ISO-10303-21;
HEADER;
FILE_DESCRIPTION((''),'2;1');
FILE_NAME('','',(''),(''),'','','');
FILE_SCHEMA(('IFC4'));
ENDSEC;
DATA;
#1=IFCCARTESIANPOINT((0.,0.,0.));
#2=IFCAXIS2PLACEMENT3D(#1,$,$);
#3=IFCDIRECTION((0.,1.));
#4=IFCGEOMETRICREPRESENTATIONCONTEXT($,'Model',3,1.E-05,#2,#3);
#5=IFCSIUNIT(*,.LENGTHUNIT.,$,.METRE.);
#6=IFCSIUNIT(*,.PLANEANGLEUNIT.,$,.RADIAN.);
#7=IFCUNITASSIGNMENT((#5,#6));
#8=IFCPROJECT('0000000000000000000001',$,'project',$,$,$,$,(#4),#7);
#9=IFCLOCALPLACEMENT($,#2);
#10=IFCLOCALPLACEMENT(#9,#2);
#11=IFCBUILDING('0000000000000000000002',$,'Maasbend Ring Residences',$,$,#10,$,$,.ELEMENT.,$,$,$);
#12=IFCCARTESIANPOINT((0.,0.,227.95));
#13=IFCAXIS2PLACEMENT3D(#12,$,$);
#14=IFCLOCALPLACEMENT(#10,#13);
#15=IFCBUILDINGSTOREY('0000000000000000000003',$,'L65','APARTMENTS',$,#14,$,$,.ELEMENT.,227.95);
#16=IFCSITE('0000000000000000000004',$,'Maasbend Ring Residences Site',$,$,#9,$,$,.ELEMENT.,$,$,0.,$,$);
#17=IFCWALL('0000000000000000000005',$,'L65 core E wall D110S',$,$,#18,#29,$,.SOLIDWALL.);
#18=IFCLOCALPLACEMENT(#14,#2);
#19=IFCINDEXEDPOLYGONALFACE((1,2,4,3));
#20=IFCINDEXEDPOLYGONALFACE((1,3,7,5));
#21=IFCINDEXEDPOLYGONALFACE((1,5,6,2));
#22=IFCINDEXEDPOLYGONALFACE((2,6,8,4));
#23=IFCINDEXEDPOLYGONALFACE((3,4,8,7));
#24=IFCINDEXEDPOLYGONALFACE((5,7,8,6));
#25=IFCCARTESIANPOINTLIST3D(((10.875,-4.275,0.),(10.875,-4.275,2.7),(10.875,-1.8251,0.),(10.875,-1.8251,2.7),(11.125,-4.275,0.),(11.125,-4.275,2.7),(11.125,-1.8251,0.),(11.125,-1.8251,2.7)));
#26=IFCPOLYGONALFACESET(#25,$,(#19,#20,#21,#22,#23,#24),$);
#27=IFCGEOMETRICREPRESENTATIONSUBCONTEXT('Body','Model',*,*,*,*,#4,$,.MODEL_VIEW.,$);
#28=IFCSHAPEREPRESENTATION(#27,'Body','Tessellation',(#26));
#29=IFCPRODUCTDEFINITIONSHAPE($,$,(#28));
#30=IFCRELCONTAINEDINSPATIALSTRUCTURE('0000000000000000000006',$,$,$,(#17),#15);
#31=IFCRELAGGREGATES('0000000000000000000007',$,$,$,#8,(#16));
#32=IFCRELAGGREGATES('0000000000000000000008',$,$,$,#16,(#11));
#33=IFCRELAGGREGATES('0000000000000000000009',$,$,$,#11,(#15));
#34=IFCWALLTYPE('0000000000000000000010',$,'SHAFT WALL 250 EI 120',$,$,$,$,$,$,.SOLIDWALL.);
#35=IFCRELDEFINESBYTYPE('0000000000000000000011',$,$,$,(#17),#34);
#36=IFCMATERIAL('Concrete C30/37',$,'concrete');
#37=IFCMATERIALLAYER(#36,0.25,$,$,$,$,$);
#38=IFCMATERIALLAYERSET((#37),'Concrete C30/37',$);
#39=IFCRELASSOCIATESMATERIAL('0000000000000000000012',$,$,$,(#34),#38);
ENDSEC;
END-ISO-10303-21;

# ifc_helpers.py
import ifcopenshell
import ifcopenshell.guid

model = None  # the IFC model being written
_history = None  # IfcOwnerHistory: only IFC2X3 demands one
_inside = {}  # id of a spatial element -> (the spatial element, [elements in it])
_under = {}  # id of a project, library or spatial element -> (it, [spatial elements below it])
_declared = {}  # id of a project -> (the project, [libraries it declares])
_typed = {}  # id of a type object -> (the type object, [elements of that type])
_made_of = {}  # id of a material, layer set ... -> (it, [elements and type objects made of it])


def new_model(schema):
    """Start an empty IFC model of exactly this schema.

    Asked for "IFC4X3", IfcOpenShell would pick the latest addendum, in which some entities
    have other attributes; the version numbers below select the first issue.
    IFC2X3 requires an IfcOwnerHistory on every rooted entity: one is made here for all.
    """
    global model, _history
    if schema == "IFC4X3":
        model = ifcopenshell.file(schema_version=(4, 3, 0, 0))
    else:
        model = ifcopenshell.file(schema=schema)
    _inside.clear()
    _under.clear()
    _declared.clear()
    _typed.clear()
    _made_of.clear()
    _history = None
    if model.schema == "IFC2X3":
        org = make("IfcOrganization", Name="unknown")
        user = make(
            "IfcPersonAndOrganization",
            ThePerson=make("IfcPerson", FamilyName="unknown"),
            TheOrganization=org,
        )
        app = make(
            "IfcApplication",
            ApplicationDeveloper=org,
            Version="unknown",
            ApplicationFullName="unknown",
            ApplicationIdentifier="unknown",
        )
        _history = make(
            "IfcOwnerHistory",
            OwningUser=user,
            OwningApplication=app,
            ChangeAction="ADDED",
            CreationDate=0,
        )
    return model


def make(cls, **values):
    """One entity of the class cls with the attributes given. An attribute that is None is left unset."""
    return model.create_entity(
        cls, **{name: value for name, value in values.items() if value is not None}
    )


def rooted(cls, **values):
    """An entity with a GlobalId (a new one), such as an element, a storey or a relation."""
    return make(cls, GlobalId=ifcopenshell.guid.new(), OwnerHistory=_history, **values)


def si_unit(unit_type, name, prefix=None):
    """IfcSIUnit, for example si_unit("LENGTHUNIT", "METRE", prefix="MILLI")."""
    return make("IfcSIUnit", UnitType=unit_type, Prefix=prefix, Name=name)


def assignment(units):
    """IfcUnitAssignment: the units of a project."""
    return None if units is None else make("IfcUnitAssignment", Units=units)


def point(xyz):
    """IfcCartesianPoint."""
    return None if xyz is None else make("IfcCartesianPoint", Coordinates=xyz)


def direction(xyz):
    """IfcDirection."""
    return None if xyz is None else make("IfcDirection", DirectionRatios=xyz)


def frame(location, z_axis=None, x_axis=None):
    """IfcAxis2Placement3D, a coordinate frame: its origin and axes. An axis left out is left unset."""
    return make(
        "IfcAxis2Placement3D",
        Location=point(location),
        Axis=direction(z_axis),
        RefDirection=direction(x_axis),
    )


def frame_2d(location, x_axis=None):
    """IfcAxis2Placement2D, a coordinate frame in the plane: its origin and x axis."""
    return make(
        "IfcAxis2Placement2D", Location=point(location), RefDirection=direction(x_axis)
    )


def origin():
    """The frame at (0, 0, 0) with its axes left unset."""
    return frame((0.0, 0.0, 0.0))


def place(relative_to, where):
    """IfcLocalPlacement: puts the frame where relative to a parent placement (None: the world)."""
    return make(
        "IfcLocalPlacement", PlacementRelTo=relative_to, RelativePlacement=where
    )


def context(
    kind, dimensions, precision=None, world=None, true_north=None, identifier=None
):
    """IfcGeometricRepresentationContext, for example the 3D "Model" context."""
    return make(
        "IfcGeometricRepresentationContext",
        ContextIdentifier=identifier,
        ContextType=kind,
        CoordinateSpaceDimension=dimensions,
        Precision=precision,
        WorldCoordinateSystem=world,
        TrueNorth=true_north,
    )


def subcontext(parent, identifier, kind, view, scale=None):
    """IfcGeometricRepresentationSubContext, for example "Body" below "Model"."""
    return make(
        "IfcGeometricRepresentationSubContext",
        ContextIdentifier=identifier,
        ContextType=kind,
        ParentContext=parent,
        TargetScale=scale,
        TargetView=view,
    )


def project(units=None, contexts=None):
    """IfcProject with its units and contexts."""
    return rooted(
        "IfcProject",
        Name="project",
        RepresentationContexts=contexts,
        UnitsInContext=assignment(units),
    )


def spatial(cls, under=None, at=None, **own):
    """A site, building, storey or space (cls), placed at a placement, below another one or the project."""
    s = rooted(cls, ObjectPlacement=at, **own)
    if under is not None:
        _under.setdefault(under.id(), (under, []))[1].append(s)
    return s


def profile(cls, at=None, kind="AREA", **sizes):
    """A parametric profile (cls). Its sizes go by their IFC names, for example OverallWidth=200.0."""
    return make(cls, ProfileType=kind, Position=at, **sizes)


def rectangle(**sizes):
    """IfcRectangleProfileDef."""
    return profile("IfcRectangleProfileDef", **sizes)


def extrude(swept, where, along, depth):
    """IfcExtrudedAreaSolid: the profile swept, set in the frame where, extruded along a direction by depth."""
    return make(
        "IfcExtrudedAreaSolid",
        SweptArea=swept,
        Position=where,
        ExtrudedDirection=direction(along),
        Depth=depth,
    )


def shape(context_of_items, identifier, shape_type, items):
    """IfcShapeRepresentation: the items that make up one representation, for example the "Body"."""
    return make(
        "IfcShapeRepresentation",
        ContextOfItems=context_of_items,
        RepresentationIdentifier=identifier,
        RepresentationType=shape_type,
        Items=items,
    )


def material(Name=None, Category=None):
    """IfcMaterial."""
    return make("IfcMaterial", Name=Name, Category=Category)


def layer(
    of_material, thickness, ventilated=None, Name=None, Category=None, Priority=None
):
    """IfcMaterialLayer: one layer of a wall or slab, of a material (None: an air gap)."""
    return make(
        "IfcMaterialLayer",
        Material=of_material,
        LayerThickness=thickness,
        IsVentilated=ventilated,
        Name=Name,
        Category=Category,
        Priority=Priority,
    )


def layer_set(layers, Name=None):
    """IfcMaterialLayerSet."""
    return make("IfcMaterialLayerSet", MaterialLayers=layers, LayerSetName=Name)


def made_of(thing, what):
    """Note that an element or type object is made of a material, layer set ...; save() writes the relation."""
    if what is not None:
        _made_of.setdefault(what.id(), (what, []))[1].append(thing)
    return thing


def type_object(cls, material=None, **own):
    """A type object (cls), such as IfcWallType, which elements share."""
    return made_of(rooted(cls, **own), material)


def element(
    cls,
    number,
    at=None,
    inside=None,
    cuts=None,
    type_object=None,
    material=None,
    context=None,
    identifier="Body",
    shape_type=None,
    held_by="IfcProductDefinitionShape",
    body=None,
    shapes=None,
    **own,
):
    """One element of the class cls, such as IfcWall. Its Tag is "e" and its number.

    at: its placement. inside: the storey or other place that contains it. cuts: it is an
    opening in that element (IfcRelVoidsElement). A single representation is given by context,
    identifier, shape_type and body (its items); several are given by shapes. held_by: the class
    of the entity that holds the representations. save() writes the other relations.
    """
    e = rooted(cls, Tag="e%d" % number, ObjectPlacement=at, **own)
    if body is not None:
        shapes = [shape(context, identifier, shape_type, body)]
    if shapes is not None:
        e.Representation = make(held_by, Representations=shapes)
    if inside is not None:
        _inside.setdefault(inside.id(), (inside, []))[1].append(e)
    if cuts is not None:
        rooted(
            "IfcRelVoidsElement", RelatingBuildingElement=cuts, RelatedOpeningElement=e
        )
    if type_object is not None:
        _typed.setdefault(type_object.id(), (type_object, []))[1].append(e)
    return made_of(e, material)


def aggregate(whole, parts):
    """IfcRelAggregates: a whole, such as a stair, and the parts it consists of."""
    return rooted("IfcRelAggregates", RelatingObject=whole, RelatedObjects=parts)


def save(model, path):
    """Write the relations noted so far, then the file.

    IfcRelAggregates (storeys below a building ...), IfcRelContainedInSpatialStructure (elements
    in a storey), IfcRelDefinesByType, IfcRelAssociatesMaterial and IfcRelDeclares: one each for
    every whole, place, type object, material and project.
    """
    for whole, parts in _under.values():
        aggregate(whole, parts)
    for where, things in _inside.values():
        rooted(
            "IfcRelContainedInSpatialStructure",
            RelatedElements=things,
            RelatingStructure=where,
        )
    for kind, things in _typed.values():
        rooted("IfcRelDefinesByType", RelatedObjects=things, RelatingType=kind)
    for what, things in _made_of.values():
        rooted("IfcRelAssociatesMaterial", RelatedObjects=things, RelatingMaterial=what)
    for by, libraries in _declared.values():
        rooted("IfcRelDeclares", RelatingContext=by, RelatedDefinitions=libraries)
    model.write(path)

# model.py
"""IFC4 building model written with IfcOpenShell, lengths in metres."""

from ifc_helpers import new_model, si_unit, direction, frame, frame_2d, origin, place, context, subcontext, project, spatial, rectangle, extrude, material, layer, layer_set, type_object, element, save


model = new_model("IFC4")

# Units and contexts
model_context = context("Model", 3, precision=1e-05, world=origin(), true_north=direction((0.0, 1.0)))
body_context = subcontext(model_context, "Body", "Model", "MODEL_VIEW")
ifc_project = project(units=[si_unit("LENGTHUNIT", "METRE"), si_unit("PLANEANGLEUNIT", "RADIAN")], contexts=[model_context])

# Site, building, storey
site_placement = place(None, origin())
site = spatial("IfcSite", under=ifc_project, at=site_placement, Name="Maasbend Ring Residences Site", CompositionType="ELEMENT", RefElevation=0.0)
building_placement = place(site_placement, origin())
building = spatial("IfcBuilding", under=site, at=building_placement, Name="Maasbend Ring Residences", CompositionType="ELEMENT")
storey_placement = place(building_placement, frame((0.0, 0.0, 227.95)))
storey = spatial("IfcBuildingStorey", under=building, at=storey_placement, Name="L65", Description="APARTMENTS", CompositionType="ELEMENT", Elevation=227.95)

# Wall
ifc_material_1 = material(Name="Concrete C30/37", Category="concrete")
ifc_layer_1 = layer(ifc_material_1, 0.25)
ifc_layer_set_1 = layer_set([ifc_layer_1], Name="Concrete C30/37")
wall_type_1 = type_object("IfcWallType", Name="SHAFT WALL 250 EI 120", PredefinedType="SOLIDWALL", material=ifc_layer_set_1)
wall_1_placement = place(storey_placement, frame((11.0, -1.825, 0.0), z_axis=(0.0, 0.0, 1.0), x_axis=(0.0, -1.0, 0.0)))
element("IfcWall", 1, at=wall_1_placement, inside=storey, type_object=wall_type_1, Name="L65 core E wall D110S", PredefinedType="SOLIDWALL", context=body_context, shape_type="SweptSolid", body=[
    extrude(rectangle(XDim=2.45, YDim=0.25, at=frame_2d((1.2251, 0.0))), origin(), (0.0, 0.0, 1.0), 2.7),
])

save(model, "model.ifc")
